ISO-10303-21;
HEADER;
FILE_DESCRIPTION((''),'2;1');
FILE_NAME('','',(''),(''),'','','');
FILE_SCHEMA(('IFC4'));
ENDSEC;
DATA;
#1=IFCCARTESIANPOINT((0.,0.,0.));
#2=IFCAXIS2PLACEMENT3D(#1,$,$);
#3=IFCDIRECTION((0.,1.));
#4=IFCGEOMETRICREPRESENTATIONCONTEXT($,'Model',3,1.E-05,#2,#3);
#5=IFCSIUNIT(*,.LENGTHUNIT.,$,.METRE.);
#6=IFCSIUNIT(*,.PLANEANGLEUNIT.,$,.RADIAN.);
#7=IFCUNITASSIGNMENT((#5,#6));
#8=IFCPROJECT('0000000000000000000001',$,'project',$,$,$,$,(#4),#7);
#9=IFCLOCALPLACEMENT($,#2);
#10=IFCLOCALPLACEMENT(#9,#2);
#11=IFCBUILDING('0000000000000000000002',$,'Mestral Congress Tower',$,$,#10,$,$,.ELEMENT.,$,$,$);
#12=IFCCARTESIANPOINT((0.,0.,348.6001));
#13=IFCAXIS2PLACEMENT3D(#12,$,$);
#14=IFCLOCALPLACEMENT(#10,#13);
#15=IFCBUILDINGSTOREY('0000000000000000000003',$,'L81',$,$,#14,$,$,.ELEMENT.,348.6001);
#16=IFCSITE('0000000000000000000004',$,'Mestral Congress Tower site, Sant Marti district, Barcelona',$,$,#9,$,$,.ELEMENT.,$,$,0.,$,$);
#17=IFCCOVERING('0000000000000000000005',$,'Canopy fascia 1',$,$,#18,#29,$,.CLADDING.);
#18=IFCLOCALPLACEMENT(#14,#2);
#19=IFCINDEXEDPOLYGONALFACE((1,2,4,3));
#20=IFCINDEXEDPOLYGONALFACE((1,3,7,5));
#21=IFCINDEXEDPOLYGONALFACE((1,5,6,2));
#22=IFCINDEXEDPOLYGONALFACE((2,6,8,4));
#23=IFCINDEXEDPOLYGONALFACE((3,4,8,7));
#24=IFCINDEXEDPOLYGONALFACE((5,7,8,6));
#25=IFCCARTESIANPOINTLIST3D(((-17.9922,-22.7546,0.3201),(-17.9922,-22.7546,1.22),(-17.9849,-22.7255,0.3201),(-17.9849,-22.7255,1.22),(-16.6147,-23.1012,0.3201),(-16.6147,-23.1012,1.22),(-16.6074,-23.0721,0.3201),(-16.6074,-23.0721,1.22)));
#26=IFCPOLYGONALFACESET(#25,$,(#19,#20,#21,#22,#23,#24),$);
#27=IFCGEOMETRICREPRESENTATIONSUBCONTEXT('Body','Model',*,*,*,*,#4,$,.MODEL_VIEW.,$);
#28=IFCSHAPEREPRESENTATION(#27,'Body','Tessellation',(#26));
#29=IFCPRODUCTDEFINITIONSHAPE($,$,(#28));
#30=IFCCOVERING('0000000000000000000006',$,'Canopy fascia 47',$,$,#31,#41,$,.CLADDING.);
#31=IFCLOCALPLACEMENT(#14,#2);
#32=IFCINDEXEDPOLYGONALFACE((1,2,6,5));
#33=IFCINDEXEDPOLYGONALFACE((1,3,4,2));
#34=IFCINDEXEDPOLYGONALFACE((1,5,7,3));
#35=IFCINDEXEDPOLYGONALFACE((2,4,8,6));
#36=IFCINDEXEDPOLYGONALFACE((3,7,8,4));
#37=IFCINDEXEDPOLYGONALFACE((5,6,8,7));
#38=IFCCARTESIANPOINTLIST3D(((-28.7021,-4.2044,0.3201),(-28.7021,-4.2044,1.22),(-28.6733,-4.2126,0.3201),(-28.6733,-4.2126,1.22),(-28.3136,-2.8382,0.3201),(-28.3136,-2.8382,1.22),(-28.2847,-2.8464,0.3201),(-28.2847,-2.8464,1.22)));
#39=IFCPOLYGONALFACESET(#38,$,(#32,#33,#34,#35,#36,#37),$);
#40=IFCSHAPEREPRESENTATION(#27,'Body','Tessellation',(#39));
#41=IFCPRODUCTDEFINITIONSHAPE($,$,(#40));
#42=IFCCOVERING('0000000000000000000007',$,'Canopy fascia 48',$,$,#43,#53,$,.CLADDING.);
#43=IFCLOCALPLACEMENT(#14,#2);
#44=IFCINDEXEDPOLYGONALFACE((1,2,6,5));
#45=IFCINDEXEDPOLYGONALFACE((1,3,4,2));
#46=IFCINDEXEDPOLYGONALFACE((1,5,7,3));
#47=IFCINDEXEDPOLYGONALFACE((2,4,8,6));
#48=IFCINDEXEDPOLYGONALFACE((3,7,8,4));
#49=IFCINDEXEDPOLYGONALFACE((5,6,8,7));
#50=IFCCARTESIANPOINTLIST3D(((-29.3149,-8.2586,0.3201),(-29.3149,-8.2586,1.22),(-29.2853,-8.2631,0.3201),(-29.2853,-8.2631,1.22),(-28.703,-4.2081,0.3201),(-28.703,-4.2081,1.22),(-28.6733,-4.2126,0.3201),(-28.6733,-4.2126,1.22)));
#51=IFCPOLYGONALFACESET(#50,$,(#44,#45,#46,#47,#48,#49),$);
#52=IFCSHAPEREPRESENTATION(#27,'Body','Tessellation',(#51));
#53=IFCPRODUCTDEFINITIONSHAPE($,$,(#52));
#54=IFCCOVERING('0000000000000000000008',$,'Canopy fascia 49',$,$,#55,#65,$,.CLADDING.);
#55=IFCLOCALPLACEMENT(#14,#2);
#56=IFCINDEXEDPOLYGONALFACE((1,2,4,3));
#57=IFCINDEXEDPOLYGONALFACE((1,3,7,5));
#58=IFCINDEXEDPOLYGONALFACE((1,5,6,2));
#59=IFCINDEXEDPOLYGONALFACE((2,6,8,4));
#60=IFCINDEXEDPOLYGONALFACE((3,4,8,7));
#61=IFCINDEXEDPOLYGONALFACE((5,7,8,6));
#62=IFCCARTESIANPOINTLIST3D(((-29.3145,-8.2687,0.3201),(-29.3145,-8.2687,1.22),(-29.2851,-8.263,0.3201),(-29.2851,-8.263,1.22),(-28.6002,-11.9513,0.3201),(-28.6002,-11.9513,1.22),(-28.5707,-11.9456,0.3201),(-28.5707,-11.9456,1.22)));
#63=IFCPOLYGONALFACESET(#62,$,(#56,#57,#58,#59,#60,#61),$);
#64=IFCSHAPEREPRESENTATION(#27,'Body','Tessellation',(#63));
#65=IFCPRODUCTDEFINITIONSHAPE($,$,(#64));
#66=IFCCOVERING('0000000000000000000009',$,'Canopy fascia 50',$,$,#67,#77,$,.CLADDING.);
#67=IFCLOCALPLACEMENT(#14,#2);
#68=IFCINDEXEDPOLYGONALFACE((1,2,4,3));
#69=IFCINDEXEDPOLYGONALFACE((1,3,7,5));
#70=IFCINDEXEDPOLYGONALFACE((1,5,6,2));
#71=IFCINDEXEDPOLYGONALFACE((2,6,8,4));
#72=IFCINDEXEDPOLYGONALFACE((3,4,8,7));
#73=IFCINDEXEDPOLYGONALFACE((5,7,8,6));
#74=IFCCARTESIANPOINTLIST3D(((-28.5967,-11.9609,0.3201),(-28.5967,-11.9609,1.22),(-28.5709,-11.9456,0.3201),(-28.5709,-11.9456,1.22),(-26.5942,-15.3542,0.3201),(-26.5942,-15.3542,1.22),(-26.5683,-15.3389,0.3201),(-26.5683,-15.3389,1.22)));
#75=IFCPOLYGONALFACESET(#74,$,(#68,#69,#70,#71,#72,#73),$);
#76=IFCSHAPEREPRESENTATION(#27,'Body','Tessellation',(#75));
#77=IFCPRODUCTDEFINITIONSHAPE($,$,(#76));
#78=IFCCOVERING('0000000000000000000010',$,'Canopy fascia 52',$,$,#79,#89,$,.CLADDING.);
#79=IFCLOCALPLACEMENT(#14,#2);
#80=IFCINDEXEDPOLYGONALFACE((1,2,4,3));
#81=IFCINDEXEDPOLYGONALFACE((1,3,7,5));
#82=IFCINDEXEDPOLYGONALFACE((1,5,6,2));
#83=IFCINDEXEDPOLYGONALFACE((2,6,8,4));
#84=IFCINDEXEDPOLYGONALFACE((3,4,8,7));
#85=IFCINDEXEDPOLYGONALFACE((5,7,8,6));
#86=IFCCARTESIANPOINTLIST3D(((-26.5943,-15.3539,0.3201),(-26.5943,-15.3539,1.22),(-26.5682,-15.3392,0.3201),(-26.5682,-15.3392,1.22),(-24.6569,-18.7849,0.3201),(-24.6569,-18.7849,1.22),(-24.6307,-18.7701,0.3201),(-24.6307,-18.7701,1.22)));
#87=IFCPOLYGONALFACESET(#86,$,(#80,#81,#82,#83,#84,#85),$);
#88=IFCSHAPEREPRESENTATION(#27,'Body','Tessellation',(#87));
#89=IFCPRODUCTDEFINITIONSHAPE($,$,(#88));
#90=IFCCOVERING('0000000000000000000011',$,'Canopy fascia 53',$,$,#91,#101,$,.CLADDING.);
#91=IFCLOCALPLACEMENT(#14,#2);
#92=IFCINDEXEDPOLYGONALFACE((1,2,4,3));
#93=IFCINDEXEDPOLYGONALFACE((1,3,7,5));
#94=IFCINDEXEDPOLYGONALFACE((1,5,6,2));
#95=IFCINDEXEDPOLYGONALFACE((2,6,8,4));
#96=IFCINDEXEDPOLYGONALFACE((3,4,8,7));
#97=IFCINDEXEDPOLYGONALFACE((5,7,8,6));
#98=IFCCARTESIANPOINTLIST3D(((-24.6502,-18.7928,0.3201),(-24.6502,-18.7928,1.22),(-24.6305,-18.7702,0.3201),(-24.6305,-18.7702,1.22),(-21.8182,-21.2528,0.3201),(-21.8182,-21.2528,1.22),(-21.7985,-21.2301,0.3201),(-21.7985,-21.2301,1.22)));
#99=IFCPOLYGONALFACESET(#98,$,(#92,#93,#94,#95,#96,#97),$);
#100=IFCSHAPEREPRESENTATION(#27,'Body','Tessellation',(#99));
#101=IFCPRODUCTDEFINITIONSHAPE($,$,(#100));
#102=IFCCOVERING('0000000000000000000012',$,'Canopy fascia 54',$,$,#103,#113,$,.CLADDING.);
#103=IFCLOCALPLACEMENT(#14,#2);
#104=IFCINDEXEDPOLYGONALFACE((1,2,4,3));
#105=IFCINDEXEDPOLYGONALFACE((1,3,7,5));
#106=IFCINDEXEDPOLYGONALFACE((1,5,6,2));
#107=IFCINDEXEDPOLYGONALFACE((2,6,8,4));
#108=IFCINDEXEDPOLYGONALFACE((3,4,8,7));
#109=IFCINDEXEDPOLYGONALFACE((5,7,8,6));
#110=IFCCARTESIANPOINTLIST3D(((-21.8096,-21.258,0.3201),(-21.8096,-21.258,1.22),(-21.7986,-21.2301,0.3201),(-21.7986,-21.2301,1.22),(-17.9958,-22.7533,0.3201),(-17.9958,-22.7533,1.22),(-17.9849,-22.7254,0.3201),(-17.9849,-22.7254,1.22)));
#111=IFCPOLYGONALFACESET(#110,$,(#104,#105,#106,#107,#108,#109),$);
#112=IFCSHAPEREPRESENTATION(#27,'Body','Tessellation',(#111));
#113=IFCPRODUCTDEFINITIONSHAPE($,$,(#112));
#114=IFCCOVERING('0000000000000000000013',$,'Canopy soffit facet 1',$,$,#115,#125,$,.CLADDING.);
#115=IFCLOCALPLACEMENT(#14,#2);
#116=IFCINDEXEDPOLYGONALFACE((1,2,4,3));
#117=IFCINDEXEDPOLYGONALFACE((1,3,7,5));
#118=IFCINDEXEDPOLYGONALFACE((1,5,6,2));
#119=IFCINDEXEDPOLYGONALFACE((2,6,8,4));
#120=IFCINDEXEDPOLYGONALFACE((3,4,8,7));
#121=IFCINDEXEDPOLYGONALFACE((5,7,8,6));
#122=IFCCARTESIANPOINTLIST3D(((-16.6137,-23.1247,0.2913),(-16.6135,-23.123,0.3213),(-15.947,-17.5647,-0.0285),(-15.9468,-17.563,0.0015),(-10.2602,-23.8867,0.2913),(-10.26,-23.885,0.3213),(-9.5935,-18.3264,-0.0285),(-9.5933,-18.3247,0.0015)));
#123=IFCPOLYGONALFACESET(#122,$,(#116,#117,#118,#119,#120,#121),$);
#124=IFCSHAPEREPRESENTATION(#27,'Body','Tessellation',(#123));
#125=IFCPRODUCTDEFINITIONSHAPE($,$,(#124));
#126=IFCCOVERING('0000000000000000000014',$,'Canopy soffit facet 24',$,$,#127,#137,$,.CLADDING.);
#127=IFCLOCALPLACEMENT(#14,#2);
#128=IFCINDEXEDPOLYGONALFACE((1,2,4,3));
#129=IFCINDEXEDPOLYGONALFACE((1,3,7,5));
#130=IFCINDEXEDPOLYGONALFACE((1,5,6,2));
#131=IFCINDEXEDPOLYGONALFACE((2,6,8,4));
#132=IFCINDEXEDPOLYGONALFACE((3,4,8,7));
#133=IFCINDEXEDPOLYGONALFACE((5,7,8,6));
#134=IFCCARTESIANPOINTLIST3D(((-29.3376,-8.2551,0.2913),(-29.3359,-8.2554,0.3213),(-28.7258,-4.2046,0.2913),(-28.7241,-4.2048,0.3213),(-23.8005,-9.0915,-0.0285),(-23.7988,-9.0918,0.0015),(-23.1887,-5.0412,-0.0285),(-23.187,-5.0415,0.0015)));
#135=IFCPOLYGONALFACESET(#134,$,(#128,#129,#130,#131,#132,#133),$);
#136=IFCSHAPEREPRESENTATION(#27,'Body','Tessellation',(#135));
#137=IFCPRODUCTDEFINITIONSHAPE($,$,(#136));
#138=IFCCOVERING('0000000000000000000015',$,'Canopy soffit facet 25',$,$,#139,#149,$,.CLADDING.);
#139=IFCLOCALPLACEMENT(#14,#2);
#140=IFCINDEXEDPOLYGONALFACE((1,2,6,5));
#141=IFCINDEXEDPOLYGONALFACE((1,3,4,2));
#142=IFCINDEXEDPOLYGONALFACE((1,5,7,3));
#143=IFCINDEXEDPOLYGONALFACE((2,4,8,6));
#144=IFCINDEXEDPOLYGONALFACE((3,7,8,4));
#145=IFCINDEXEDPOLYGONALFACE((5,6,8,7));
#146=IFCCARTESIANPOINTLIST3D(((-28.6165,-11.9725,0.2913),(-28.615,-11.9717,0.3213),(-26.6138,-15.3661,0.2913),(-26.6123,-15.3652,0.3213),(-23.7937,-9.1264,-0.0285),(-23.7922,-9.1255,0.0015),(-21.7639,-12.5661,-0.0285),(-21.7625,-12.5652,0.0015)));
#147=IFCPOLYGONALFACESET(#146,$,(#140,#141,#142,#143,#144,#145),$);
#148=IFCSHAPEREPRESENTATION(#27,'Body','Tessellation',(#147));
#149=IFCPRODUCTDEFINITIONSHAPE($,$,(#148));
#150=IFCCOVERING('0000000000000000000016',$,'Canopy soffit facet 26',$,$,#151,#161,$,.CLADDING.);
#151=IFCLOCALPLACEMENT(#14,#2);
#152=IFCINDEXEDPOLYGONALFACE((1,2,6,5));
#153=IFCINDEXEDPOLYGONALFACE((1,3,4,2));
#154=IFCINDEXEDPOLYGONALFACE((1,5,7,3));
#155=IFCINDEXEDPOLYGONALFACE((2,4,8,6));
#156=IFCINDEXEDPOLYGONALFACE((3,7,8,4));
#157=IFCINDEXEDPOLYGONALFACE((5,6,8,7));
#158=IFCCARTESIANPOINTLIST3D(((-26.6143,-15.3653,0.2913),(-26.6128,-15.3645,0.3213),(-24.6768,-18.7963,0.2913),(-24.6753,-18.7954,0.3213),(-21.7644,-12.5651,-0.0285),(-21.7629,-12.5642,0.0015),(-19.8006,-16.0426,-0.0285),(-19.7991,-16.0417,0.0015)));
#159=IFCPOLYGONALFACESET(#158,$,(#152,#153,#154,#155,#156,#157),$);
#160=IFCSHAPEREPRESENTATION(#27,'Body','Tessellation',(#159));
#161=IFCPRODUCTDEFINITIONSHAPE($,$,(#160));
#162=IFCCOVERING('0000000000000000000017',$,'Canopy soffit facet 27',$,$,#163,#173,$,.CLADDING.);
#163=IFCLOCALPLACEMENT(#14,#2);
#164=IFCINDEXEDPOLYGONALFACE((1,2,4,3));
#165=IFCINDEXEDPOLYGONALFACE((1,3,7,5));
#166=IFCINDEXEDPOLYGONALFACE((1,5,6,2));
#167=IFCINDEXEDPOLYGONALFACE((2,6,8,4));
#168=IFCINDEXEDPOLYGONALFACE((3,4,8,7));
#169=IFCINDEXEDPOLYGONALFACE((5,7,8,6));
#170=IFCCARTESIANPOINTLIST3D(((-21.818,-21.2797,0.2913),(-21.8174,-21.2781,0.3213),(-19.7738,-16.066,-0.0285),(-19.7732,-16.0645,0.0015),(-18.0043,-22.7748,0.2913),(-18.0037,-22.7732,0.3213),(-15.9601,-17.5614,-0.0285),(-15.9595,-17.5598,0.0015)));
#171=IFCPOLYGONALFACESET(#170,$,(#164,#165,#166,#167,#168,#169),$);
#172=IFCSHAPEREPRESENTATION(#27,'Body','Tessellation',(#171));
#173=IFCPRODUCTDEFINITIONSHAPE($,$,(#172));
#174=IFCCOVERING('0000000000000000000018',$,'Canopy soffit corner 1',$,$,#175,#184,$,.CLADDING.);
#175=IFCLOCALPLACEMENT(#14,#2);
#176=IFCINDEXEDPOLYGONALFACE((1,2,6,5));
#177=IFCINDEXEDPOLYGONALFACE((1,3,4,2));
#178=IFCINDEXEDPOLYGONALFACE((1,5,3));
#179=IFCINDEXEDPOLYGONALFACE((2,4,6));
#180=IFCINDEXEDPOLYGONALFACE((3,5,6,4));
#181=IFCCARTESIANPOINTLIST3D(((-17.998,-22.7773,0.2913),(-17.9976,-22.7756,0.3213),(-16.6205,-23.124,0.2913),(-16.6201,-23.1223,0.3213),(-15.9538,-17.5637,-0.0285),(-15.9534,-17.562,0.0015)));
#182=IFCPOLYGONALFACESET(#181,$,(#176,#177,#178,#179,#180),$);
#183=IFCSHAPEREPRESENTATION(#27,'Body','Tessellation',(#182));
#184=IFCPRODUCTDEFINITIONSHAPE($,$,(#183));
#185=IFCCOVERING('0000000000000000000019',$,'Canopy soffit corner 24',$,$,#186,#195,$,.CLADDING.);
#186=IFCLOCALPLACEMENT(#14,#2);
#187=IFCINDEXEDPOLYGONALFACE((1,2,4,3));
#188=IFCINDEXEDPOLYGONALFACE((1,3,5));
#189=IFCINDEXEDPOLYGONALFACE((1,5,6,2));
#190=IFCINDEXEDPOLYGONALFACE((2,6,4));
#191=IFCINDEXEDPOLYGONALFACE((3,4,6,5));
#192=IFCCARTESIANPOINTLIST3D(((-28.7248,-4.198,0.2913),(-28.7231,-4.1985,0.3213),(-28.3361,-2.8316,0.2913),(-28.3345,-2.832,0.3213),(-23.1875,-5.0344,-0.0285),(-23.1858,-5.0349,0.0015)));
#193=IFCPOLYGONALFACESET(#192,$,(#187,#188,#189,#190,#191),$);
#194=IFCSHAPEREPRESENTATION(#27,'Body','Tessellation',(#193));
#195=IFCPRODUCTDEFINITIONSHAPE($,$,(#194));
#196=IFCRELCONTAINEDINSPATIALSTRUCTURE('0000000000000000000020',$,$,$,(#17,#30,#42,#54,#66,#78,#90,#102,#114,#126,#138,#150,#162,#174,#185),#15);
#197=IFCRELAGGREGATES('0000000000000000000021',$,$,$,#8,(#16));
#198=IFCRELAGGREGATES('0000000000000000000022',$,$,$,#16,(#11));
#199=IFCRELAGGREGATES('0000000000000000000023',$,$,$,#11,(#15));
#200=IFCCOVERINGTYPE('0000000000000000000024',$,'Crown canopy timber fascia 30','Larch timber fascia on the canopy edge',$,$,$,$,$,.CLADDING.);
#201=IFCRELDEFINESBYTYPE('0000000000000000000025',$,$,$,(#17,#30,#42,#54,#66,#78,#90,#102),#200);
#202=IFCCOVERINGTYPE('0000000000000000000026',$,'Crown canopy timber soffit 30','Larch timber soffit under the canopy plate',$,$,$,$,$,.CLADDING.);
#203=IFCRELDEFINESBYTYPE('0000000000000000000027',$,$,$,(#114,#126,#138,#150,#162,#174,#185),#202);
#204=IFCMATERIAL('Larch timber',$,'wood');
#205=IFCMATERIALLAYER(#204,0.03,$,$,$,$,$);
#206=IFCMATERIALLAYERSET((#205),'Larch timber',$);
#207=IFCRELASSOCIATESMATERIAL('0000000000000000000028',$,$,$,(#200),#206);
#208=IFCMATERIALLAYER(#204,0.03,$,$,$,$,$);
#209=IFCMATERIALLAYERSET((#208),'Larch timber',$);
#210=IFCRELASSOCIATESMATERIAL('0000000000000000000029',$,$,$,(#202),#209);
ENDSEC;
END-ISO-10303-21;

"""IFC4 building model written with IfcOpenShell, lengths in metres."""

from ifc_helpers import new_model, si_unit, direction, frame, origin, origin_2d, place, context, subcontext, project, spatial, polyline, rectangle, outline, extrude, material, layer, layer_set, type_object, element, save


model = new_model("IFC4")

# Units and contexts
model_context = context("Model", 3, precision=1e-05, world=origin(), true_north=direction((0.0, 1.0)))
body_context = subcontext(model_context, "Body", "Model", "MODEL_VIEW")
ifc_project = project(units=[si_unit("LENGTHUNIT", "METRE"), si_unit("PLANEANGLEUNIT", "RADIAN")], contexts=[model_context])

# Site, building, storey
site_placement = place(None, origin())
site = spatial("IfcSite", under=ifc_project, at=site_placement, Name="Mestral Congress Tower site, Sant Marti district, Barcelona", CompositionType="ELEMENT", RefElevation=0.0)
building_placement = place(site_placement, origin())
building = spatial("IfcBuilding", under=site, at=building_placement, Name="Mestral Congress Tower", CompositionType="ELEMENT")
storey_placement = place(building_placement, frame((0.0, 0.0, 348.6001)))
storey = spatial("IfcBuildingStorey", under=building, at=storey_placement, Name="L81", CompositionType="ELEMENT", Elevation=348.6001)

# Coverings
ifc_material_1 = material(Name="Larch timber", Category="wood")
ifc_layer_1 = layer(ifc_material_1, 0.03)
ifc_layer_set_1 = layer_set([ifc_layer_1], Name="Larch timber")
covering_type_1 = type_object("IfcCoveringType", Name="Crown canopy timber fascia 30", Description="Larch timber fascia on the canopy edge", PredefinedType="CLADDING", material=ifc_layer_set_1)
for number, where, z_axis, x_axis, name in (
    (1, (-17.2998, -22.9133, 0.3201), (0.0, 0.0, 1.0), (0.969772, -0.244011, 0.0), "Canopy fascia 1"),
    (2, (-28.4934, -3.5254, 0.3201), (0.0, 0.0, 1.0), (-0.273575, -0.961851, 0.0), "Canopy fascia 47"),
):
    element("IfcCovering", number, at=place(storey_placement, frame(where, z_axis=z_axis, x_axis=x_axis)), inside=storey, type_object=covering_type_1, Name=name, PredefinedType="CLADDING", context=body_context, shape_type="SweptSolid", body=[
        extrude(rectangle(XDim=1.4204, YDim=0.03, at=origin_2d()), origin(), (0.0, 0.0, 1.0), 0.8999),
    ])
covering_1_placement = place(storey_placement, frame((-28.9941, -6.2356, 0.3201), z_axis=(0.0, 0.0, 1.0), x_axis=(-0.149377, -0.98878, 0.0)))
element("IfcCovering", 3, at=covering_1_placement, inside=storey, type_object=covering_type_1, Name="Canopy fascia 48", PredefinedType="CLADDING", context=body_context, shape_type="SweptSolid", body=[
    extrude(rectangle(XDim=4.0964, YDim=0.03, at=origin_2d()), origin(), (0.0, 0.0, 1.0), 0.8999),
])
covering_2_placement = place(storey_placement, frame((-28.9426, -10.1072, 0.3201), z_axis=(0.0, 0.0, 1.0), x_axis=(0.190432, -0.9817, 0.0)))
element("IfcCovering", 4, at=covering_2_placement, inside=storey, type_object=covering_type_1, Name="Canopy fascia 49", PredefinedType="CLADDING", context=body_context, shape_type="SweptSolid", body=[
    extrude(rectangle(XDim=3.7512, YDim=0.03, at=origin_2d()), origin(), (0.0, 0.0, 1.0), 0.8999),
])
for number, where, z_axis, x_axis, name in (
    (5, (-27.5825, -13.6499, 0.3201), (0.0, 0.0, 1.0), (0.50824, -0.861215, 0.0), "Canopy fascia 50"),
    (6, (-25.6125, -17.062, 0.3201), (0.0, 0.0, 1.0), (0.491716, -0.870756, 0.0), "Canopy fascia 52"),
):
    element("IfcCovering", number, at=place(storey_placement, frame(where, z_axis=z_axis, x_axis=x_axis)), inside=storey, type_object=covering_type_1, Name=name, PredefinedType="CLADDING", context=body_context, shape_type="SweptSolid", body=[
        extrude(rectangle(XDim=3.9402, YDim=0.03, at=origin_2d()), origin(), (0.0, 0.0, 1.0), 0.8999),
    ])
covering_3_placement = place(storey_placement, frame((-23.2244, -20.0115, 0.3201), z_axis=(0.0, 0.0, 1.0), x_axis=(0.754961, -0.655769, 0.0)))
element("IfcCovering", 7, at=covering_3_placement, inside=storey, type_object=covering_type_1, Name="Canopy fascia 53", PredefinedType="CLADDING", context=body_context, shape_type="SweptSolid", body=[
    extrude(rectangle(XDim=3.7512, YDim=0.03, at=origin_2d()), origin(), (0.0, 0.0, 1.0), 0.8999),
])
covering_4_placement = place(storey_placement, frame((-19.8972, -21.9917, 0.3201), z_axis=(0.0, 0.0, 1.0), x_axis=(0.930995, -0.365031, 0.0)))
element("IfcCovering", 8, at=covering_4_placement, inside=storey, type_object=covering_type_1, Name="Canopy fascia 54", PredefinedType="CLADDING", context=body_context, shape_type="SweptSolid", body=[
    extrude(rectangle(XDim=4.0964, YDim=0.03, at=origin_2d()), origin(), (0.0, 0.0, 1.0), 0.8999),
])
ifc_layer_2 = layer(ifc_material_1, 0.03)
ifc_layer_set_2 = layer_set([ifc_layer_2], Name="Larch timber")
covering_type_2 = type_object("IfcCoveringType", Name="Crown canopy timber soffit 30", Description="Larch timber soffit under the canopy plate", PredefinedType="CLADDING", material=ifc_layer_set_2)
covering_5_placement = place(storey_placement, frame((-15.9468, -17.563, 0.0015), z_axis=(0.006788, 0.056613, 0.998373), x_axis=(0.99289, -0.119037, -0.000001)))
element("IfcCovering", 9, at=covering_5_placement, inside=storey, type_object=covering_type_2, Name="Canopy soffit facet 1", PredefinedType="CLADDING", context=body_context, shape_type="SweptSolid", body=[
    extrude(outline(polyline([(0.0, 0.0), (6.399, 0.0), (6.3989, -5.6093), (-0.0002, -5.609), (0.0, 0.0)])), origin(), (0.0, 0.0, -1.0), 0.03),
])
covering_6_placement = place(storey_placement, frame((-23.187, -5.0415, 0.0015), z_axis=(0.05638, -0.008516, 0.998373), x_axis=(-0.14936, -0.988783, 0.0)))
element("IfcCovering", 10, at=covering_6_placement, inside=storey, type_object=covering_type_2, Name="Canopy soffit facet 24", PredefinedType="CLADDING", context=body_context, shape_type="SweptSolid", body=[
    extrude(outline(polyline([(0.0, 0.0), (4.0962, 0.0), (4.0962, -5.6091), (-0.0003, -5.6091), (0.0, 0.0)])), origin(), (0.0, 0.0, -1.0), 0.03),
])
covering_7_placement = place(storey_placement, frame((-23.7922, -9.1255, 0.0015), z_axis=(0.049106, 0.028979, 0.998373), x_axis=(0.508216, -0.861229, 0.000001)))
element("IfcCovering", 11, at=covering_7_placement, inside=storey, type_object=covering_type_2, Name="Canopy soffit facet 25", PredefinedType="CLADDING", context=body_context, shape_type="SweptSolid", body=[
    extrude(outline(polyline([(0.0, 0.0), (3.9939, 0.0), (3.9406, -5.609), (0.0002, -5.6091), (0.0, 0.0)])), origin(), (0.0, 0.0, -1.0), 0.03),
])
covering_8_placement = place(storey_placement, frame((-21.7629, -12.5642, 0.0015), z_axis=(0.049649, 0.028038, 0.998373), x_axis=(0.491735, -0.870745, 0.0)))
element("IfcCovering", 12, at=covering_8_placement, inside=storey, type_object=covering_type_2, Name="Canopy soffit facet 26", PredefinedType="CLADDING", context=body_context, shape_type="SweptSolid", body=[
    extrude(outline(polyline([(0.0, 0.0), (3.9938, 0.0), (3.9937, -5.6091), (0.0535, -5.6091), (0.0, 0.0)])), origin(), (0.0, 0.0, -1.0), 0.03),
])
covering_9_placement = place(storey_placement, frame((-19.7732, -16.0645, 0.0015), z_axis=(0.020813, 0.053085, 0.998373), x_axis=(0.930991, -0.365042, 0.000002)))
element("IfcCovering", 13, at=covering_9_placement, inside=storey, type_object=covering_type_2, Name="Canopy soffit facet 27", PredefinedType="CLADDING", context=body_context, shape_type="SweptSolid", body=[
    extrude(outline(polyline([(0.0, 0.0), (4.0964, 0.0), (4.0964, -5.6089), (0.0001, -5.6092), (0.0, 0.0)])), origin(), (0.0, 0.0, -1.0), 0.03),
])
covering_10_placement = place(storey_placement, frame((-15.9534, -17.562, 0.0015), z_axis=(0.014029, 0.055742, 0.998347), x_axis=(-0.364437, -0.929481, 0.057018)))
element("IfcCovering", 14, at=covering_10_placement, inside=storey, type_object=covering_type_2, Name="Canopy soffit corner 1", PredefinedType="CLADDING", context=body_context, shape_type="SweptSolid", body=[
    extrude(outline(polyline([(0.0, 0.0), (5.6092, 0.0), (5.4294, 1.409), (0.0, 0.0)])), origin(), (0.0, 0.0, -1.0), 0.03),
])
covering_11_placement = place(storey_placement, frame((-23.1858, -5.0349, 0.0015), z_axis=(0.055287, -0.015726, 0.998347), x_axis=(-0.917888, 0.392722, 0.057017)))
element("IfcCovering", 15, at=covering_11_placement, inside=storey, type_object=covering_type_2, Name="Canopy soffit corner 24", PredefinedType="CLADDING", context=body_context, shape_type="SweptSolid", body=[
    extrude(outline(polyline([(0.0, 0.0), (5.6093, 0.0), (5.4294, 1.4092), (0.0, 0.0)])), origin(), (0.0, 0.0, -1.0), 0.03),
])

save(model, "model.ifc")
